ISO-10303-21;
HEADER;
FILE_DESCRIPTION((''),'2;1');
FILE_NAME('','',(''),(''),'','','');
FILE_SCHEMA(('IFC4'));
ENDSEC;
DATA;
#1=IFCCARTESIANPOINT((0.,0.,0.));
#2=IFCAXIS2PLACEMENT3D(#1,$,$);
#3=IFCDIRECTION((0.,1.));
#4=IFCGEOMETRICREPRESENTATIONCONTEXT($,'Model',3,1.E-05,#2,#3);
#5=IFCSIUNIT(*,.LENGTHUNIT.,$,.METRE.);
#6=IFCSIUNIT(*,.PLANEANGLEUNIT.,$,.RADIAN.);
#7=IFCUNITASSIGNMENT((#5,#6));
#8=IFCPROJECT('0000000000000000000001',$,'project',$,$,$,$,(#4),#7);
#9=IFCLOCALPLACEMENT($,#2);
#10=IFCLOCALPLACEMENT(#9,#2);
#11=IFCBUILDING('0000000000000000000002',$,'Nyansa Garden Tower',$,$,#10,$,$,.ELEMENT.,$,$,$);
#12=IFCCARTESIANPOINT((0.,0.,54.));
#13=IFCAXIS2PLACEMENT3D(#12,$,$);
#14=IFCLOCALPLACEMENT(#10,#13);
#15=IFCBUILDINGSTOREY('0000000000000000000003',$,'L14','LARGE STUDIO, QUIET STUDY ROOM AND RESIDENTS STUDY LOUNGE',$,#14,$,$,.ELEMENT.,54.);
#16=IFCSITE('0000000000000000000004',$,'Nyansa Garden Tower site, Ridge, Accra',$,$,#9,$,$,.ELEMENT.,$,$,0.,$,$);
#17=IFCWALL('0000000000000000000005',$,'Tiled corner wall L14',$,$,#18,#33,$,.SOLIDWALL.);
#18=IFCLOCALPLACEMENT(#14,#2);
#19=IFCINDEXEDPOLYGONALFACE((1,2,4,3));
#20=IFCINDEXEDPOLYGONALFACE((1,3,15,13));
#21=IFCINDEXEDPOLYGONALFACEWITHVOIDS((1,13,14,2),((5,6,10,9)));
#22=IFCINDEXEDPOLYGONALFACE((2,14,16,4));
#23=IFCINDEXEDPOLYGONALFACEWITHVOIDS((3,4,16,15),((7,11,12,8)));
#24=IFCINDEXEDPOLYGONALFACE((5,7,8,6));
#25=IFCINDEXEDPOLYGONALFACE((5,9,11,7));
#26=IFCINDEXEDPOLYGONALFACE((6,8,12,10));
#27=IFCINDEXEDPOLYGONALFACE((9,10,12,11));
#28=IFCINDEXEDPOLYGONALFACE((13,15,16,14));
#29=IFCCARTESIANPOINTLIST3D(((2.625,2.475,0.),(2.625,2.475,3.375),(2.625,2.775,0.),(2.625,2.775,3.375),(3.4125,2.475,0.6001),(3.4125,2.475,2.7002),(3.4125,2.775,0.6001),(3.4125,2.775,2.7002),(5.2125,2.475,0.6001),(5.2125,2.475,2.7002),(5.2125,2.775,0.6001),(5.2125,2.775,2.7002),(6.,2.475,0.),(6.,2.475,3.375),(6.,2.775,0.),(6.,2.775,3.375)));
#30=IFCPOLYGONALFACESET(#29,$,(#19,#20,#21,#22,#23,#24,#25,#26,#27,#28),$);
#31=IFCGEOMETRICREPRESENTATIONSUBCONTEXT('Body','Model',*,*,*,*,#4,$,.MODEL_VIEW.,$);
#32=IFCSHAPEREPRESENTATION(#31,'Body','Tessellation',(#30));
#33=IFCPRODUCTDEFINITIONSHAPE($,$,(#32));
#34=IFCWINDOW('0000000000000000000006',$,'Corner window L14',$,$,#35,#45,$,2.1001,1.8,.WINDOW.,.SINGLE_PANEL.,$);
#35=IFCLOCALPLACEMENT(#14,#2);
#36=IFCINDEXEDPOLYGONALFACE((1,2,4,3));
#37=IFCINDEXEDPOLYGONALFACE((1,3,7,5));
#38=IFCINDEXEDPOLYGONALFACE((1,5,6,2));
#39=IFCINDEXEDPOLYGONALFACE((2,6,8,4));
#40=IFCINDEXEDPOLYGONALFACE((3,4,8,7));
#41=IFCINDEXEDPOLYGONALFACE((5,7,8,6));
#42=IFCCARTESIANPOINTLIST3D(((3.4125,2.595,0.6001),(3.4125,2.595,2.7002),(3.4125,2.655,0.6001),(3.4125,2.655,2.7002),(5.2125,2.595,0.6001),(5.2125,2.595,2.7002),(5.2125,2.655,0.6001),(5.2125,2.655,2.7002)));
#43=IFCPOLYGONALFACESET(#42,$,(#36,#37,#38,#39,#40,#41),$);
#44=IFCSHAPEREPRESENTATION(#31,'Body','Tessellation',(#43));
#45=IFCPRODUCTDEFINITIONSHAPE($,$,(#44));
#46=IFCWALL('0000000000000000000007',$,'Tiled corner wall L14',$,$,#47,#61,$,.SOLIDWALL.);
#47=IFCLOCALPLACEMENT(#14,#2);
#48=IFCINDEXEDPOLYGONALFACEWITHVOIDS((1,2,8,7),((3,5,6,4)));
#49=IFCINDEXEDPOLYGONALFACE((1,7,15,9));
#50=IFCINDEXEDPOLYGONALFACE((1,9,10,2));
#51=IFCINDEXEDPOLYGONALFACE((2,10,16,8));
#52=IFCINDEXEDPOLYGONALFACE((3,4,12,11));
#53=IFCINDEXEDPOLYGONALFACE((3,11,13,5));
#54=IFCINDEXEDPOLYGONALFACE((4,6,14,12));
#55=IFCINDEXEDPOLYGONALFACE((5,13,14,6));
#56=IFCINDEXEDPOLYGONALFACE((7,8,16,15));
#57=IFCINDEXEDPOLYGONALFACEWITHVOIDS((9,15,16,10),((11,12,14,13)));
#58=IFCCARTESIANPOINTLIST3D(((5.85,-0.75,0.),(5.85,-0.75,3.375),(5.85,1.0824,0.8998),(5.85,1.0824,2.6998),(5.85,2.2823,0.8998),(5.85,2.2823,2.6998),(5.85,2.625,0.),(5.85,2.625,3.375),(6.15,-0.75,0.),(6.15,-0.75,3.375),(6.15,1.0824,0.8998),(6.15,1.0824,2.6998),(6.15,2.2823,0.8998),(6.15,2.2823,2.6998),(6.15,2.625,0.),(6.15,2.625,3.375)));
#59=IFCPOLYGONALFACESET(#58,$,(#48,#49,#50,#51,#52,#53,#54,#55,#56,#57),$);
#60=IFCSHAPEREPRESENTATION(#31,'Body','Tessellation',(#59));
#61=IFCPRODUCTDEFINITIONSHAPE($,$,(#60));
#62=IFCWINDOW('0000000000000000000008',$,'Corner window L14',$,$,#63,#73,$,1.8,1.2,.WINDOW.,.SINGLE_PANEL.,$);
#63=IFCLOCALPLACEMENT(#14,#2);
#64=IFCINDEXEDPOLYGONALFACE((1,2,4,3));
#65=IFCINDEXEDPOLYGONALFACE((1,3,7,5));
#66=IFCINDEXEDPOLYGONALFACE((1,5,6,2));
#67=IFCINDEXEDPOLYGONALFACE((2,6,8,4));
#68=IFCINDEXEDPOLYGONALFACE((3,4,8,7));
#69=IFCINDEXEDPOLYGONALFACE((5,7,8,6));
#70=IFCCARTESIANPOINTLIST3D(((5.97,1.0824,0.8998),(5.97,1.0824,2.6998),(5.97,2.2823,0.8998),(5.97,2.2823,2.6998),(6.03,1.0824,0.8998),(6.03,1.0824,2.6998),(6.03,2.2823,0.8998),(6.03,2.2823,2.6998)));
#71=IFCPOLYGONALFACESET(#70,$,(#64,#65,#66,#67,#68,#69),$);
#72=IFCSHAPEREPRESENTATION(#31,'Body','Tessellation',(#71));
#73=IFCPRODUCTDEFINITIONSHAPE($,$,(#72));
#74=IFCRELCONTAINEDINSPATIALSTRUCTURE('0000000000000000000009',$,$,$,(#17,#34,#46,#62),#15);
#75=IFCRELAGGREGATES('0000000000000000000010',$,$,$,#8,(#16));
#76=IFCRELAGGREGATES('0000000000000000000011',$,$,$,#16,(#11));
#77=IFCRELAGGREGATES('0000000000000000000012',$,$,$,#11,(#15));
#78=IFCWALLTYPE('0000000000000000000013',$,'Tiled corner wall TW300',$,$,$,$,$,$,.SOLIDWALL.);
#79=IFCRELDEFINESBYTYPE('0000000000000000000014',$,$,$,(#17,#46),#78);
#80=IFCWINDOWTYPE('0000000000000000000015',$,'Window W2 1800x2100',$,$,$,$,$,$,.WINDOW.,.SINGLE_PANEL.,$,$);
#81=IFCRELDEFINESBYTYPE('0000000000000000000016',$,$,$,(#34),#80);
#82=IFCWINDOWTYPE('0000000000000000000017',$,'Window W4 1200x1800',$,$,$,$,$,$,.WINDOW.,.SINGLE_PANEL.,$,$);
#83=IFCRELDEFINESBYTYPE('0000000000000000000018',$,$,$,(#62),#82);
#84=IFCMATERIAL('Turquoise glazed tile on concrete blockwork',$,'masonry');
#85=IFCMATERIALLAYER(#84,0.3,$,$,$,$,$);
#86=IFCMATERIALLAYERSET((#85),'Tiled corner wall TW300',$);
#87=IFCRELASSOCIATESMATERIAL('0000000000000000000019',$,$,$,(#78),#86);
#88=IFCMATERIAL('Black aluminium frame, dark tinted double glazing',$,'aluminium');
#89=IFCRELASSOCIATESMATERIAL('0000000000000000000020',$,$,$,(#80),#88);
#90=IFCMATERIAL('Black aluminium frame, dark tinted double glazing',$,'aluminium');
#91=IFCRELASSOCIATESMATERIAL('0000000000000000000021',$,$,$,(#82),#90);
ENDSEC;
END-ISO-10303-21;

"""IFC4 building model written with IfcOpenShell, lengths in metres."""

from ifc_helpers import new_model, si_unit, direction, frame, frame_2d, origin, place, context, subcontext, project, spatial, rectangle, extrude, material, layer, layer_set, type_object, element, fill, save


model = new_model("IFC4")

# Units and contexts
model_context = context("Model", 3, precision=1e-05, world=origin(), true_north=direction((0.0, 1.0)))
body_context = subcontext(model_context, "Body", "Model", "MODEL_VIEW")
ifc_project = project(units=[si_unit("LENGTHUNIT", "METRE"), si_unit("PLANEANGLEUNIT", "RADIAN")], contexts=[model_context])

# Site, building, storey
site_placement = place(None, origin())
site = spatial("IfcSite", under=ifc_project, at=site_placement, Name="Nyansa Garden Tower site, Ridge, Accra", CompositionType="ELEMENT", RefElevation=0.0)
building_placement = place(site_placement, origin())
building = spatial("IfcBuilding", under=site, at=building_placement, Name="Nyansa Garden Tower", CompositionType="ELEMENT")
storey_placement = place(building_placement, frame((0.0, 0.0, 54.0)))
storey = spatial("IfcBuildingStorey", under=building, at=storey_placement, Name="L14", Description="LARGE STUDIO, QUIET STUDY ROOM AND RESIDENTS STUDY LOUNGE", CompositionType="ELEMENT", Elevation=54.0)

# Walls, openings, windows
ifc_material_1 = material(Name="Turquoise glazed tile on concrete blockwork", Category="masonry")
ifc_layer_1 = layer(ifc_material_1, 0.3)
ifc_layer_set_1 = layer_set([ifc_layer_1], Name="Tiled corner wall TW300")
wall_type_1 = type_object("IfcWallType", Name="Tiled corner wall TW300", PredefinedType="SOLIDWALL", material=ifc_layer_set_1)
ifc_material_2 = material(Name="Black aluminium frame, dark tinted double glazing", Category="aluminium")
window_type_1 = type_object("IfcWindowType", Name="Window W2 1800x2100", PartitioningType="SINGLE_PANEL", PredefinedType="WINDOW", material=ifc_material_2)
wall_1_placement = place(storey_placement, frame((2.625, 2.625, 0.0), z_axis=(0.0, 0.0, 1.0), x_axis=(1.0, 0.0, 0.0)))
wall_1 = element("IfcWall", 1, at=wall_1_placement, inside=storey, type_object=wall_type_1, Name="Tiled corner wall L14", PredefinedType="SOLIDWALL", context=body_context, shape_type="SweptSolid", body=[
    extrude(rectangle(XDim=3.375, YDim=0.3, at=frame_2d((1.6875, 0.0))), origin(), (0.0, 0.0, 1.0), 3.375),
])
opening_1_placement = place(wall_1_placement, frame((0.7876, 0.0, 0.6001)))
opening_1 = element("IfcOpeningElement", 2, at=opening_1_placement, cuts=wall_1, PredefinedType="OPENING", context=body_context, shape_type="SweptSolid", body=[
    extrude(rectangle(XDim=1.8, YDim=2.1001, at=frame_2d((0.8999, 1.05))), frame((0.0, 0.1599, 0.0), z_axis=(0.0, -1.0, 0.0), x_axis=(1.0, 0.0, 0.0)), (0.0, 0.0, 1.0), 0.3201),
])
window_1_placement = place(opening_1_placement, origin())
window_1 = element("IfcWindow", 3, at=window_1_placement, inside=storey, type_object=window_type_1, Name="Corner window L14", OverallHeight=2.1001, OverallWidth=1.8, PartitioningType="SINGLE_PANEL", PredefinedType="WINDOW", context=body_context, shape_type="SweptSolid", body=[
    extrude(rectangle(XDim=1.8, YDim=2.1001, at=frame_2d((0.8999, 1.05))), frame((0.0, 0.03, 0.0), z_axis=(0.0, -1.0, 0.0), x_axis=(1.0, 0.0, 0.0)), (0.0, 0.0, 1.0), 0.0601),
])
fill(opening_1, window_1)
wall_2_placement = place(storey_placement, frame((6.0, 2.625, 0.0), z_axis=(0.0, 0.0, 1.0), x_axis=(0.0, -1.0, 0.0)))
wall_2 = element("IfcWall", 4, at=wall_2_placement, inside=storey, type_object=wall_type_1, Name="Tiled corner wall L14", PredefinedType="SOLIDWALL", context=body_context, shape_type="SweptSolid", body=[
    extrude(rectangle(XDim=3.375, YDim=0.3, at=frame_2d((1.6875, 0.0))), origin(), (0.0, 0.0, 1.0), 3.375),
])
opening_2_placement = place(wall_2_placement, frame((0.3425, 0.0, 0.8999)))
opening_2 = element("IfcOpeningElement", 5, at=opening_2_placement, cuts=wall_2, PredefinedType="OPENING", context=body_context, shape_type="SweptSolid", body=[
    extrude(rectangle(XDim=1.2, YDim=1.8, at=frame_2d((0.6001, 0.8999))), frame((0.0, 0.1599, 0.0), z_axis=(0.0, -1.0, 0.0), x_axis=(1.0, 0.0, 0.0)), (0.0, 0.0, 1.0), 0.3201),
])
ifc_material_3 = material(Name="Black aluminium frame, dark tinted double glazing", Category="aluminium")
window_type_2 = type_object("IfcWindowType", Name="Window W4 1200x1800", PartitioningType="SINGLE_PANEL", PredefinedType="WINDOW", material=ifc_material_3)
window_2_placement = place(opening_2_placement, origin())
window_2 = element("IfcWindow", 6, at=window_2_placement, inside=storey, type_object=window_type_2, Name="Corner window L14", OverallHeight=1.8, OverallWidth=1.2, PartitioningType="SINGLE_PANEL", PredefinedType="WINDOW", context=body_context, shape_type="SweptSolid", body=[
    extrude(rectangle(XDim=1.2, YDim=1.8, at=frame_2d((0.6001, 0.8999))), frame((0.0, 0.03, 0.0), z_axis=(0.0, -1.0, 0.0), x_axis=(1.0, 0.0, 0.0)), (0.0, 0.0, 1.0), 0.0601),
])
fill(opening_2, window_2)

save(model, "model.ifc")
